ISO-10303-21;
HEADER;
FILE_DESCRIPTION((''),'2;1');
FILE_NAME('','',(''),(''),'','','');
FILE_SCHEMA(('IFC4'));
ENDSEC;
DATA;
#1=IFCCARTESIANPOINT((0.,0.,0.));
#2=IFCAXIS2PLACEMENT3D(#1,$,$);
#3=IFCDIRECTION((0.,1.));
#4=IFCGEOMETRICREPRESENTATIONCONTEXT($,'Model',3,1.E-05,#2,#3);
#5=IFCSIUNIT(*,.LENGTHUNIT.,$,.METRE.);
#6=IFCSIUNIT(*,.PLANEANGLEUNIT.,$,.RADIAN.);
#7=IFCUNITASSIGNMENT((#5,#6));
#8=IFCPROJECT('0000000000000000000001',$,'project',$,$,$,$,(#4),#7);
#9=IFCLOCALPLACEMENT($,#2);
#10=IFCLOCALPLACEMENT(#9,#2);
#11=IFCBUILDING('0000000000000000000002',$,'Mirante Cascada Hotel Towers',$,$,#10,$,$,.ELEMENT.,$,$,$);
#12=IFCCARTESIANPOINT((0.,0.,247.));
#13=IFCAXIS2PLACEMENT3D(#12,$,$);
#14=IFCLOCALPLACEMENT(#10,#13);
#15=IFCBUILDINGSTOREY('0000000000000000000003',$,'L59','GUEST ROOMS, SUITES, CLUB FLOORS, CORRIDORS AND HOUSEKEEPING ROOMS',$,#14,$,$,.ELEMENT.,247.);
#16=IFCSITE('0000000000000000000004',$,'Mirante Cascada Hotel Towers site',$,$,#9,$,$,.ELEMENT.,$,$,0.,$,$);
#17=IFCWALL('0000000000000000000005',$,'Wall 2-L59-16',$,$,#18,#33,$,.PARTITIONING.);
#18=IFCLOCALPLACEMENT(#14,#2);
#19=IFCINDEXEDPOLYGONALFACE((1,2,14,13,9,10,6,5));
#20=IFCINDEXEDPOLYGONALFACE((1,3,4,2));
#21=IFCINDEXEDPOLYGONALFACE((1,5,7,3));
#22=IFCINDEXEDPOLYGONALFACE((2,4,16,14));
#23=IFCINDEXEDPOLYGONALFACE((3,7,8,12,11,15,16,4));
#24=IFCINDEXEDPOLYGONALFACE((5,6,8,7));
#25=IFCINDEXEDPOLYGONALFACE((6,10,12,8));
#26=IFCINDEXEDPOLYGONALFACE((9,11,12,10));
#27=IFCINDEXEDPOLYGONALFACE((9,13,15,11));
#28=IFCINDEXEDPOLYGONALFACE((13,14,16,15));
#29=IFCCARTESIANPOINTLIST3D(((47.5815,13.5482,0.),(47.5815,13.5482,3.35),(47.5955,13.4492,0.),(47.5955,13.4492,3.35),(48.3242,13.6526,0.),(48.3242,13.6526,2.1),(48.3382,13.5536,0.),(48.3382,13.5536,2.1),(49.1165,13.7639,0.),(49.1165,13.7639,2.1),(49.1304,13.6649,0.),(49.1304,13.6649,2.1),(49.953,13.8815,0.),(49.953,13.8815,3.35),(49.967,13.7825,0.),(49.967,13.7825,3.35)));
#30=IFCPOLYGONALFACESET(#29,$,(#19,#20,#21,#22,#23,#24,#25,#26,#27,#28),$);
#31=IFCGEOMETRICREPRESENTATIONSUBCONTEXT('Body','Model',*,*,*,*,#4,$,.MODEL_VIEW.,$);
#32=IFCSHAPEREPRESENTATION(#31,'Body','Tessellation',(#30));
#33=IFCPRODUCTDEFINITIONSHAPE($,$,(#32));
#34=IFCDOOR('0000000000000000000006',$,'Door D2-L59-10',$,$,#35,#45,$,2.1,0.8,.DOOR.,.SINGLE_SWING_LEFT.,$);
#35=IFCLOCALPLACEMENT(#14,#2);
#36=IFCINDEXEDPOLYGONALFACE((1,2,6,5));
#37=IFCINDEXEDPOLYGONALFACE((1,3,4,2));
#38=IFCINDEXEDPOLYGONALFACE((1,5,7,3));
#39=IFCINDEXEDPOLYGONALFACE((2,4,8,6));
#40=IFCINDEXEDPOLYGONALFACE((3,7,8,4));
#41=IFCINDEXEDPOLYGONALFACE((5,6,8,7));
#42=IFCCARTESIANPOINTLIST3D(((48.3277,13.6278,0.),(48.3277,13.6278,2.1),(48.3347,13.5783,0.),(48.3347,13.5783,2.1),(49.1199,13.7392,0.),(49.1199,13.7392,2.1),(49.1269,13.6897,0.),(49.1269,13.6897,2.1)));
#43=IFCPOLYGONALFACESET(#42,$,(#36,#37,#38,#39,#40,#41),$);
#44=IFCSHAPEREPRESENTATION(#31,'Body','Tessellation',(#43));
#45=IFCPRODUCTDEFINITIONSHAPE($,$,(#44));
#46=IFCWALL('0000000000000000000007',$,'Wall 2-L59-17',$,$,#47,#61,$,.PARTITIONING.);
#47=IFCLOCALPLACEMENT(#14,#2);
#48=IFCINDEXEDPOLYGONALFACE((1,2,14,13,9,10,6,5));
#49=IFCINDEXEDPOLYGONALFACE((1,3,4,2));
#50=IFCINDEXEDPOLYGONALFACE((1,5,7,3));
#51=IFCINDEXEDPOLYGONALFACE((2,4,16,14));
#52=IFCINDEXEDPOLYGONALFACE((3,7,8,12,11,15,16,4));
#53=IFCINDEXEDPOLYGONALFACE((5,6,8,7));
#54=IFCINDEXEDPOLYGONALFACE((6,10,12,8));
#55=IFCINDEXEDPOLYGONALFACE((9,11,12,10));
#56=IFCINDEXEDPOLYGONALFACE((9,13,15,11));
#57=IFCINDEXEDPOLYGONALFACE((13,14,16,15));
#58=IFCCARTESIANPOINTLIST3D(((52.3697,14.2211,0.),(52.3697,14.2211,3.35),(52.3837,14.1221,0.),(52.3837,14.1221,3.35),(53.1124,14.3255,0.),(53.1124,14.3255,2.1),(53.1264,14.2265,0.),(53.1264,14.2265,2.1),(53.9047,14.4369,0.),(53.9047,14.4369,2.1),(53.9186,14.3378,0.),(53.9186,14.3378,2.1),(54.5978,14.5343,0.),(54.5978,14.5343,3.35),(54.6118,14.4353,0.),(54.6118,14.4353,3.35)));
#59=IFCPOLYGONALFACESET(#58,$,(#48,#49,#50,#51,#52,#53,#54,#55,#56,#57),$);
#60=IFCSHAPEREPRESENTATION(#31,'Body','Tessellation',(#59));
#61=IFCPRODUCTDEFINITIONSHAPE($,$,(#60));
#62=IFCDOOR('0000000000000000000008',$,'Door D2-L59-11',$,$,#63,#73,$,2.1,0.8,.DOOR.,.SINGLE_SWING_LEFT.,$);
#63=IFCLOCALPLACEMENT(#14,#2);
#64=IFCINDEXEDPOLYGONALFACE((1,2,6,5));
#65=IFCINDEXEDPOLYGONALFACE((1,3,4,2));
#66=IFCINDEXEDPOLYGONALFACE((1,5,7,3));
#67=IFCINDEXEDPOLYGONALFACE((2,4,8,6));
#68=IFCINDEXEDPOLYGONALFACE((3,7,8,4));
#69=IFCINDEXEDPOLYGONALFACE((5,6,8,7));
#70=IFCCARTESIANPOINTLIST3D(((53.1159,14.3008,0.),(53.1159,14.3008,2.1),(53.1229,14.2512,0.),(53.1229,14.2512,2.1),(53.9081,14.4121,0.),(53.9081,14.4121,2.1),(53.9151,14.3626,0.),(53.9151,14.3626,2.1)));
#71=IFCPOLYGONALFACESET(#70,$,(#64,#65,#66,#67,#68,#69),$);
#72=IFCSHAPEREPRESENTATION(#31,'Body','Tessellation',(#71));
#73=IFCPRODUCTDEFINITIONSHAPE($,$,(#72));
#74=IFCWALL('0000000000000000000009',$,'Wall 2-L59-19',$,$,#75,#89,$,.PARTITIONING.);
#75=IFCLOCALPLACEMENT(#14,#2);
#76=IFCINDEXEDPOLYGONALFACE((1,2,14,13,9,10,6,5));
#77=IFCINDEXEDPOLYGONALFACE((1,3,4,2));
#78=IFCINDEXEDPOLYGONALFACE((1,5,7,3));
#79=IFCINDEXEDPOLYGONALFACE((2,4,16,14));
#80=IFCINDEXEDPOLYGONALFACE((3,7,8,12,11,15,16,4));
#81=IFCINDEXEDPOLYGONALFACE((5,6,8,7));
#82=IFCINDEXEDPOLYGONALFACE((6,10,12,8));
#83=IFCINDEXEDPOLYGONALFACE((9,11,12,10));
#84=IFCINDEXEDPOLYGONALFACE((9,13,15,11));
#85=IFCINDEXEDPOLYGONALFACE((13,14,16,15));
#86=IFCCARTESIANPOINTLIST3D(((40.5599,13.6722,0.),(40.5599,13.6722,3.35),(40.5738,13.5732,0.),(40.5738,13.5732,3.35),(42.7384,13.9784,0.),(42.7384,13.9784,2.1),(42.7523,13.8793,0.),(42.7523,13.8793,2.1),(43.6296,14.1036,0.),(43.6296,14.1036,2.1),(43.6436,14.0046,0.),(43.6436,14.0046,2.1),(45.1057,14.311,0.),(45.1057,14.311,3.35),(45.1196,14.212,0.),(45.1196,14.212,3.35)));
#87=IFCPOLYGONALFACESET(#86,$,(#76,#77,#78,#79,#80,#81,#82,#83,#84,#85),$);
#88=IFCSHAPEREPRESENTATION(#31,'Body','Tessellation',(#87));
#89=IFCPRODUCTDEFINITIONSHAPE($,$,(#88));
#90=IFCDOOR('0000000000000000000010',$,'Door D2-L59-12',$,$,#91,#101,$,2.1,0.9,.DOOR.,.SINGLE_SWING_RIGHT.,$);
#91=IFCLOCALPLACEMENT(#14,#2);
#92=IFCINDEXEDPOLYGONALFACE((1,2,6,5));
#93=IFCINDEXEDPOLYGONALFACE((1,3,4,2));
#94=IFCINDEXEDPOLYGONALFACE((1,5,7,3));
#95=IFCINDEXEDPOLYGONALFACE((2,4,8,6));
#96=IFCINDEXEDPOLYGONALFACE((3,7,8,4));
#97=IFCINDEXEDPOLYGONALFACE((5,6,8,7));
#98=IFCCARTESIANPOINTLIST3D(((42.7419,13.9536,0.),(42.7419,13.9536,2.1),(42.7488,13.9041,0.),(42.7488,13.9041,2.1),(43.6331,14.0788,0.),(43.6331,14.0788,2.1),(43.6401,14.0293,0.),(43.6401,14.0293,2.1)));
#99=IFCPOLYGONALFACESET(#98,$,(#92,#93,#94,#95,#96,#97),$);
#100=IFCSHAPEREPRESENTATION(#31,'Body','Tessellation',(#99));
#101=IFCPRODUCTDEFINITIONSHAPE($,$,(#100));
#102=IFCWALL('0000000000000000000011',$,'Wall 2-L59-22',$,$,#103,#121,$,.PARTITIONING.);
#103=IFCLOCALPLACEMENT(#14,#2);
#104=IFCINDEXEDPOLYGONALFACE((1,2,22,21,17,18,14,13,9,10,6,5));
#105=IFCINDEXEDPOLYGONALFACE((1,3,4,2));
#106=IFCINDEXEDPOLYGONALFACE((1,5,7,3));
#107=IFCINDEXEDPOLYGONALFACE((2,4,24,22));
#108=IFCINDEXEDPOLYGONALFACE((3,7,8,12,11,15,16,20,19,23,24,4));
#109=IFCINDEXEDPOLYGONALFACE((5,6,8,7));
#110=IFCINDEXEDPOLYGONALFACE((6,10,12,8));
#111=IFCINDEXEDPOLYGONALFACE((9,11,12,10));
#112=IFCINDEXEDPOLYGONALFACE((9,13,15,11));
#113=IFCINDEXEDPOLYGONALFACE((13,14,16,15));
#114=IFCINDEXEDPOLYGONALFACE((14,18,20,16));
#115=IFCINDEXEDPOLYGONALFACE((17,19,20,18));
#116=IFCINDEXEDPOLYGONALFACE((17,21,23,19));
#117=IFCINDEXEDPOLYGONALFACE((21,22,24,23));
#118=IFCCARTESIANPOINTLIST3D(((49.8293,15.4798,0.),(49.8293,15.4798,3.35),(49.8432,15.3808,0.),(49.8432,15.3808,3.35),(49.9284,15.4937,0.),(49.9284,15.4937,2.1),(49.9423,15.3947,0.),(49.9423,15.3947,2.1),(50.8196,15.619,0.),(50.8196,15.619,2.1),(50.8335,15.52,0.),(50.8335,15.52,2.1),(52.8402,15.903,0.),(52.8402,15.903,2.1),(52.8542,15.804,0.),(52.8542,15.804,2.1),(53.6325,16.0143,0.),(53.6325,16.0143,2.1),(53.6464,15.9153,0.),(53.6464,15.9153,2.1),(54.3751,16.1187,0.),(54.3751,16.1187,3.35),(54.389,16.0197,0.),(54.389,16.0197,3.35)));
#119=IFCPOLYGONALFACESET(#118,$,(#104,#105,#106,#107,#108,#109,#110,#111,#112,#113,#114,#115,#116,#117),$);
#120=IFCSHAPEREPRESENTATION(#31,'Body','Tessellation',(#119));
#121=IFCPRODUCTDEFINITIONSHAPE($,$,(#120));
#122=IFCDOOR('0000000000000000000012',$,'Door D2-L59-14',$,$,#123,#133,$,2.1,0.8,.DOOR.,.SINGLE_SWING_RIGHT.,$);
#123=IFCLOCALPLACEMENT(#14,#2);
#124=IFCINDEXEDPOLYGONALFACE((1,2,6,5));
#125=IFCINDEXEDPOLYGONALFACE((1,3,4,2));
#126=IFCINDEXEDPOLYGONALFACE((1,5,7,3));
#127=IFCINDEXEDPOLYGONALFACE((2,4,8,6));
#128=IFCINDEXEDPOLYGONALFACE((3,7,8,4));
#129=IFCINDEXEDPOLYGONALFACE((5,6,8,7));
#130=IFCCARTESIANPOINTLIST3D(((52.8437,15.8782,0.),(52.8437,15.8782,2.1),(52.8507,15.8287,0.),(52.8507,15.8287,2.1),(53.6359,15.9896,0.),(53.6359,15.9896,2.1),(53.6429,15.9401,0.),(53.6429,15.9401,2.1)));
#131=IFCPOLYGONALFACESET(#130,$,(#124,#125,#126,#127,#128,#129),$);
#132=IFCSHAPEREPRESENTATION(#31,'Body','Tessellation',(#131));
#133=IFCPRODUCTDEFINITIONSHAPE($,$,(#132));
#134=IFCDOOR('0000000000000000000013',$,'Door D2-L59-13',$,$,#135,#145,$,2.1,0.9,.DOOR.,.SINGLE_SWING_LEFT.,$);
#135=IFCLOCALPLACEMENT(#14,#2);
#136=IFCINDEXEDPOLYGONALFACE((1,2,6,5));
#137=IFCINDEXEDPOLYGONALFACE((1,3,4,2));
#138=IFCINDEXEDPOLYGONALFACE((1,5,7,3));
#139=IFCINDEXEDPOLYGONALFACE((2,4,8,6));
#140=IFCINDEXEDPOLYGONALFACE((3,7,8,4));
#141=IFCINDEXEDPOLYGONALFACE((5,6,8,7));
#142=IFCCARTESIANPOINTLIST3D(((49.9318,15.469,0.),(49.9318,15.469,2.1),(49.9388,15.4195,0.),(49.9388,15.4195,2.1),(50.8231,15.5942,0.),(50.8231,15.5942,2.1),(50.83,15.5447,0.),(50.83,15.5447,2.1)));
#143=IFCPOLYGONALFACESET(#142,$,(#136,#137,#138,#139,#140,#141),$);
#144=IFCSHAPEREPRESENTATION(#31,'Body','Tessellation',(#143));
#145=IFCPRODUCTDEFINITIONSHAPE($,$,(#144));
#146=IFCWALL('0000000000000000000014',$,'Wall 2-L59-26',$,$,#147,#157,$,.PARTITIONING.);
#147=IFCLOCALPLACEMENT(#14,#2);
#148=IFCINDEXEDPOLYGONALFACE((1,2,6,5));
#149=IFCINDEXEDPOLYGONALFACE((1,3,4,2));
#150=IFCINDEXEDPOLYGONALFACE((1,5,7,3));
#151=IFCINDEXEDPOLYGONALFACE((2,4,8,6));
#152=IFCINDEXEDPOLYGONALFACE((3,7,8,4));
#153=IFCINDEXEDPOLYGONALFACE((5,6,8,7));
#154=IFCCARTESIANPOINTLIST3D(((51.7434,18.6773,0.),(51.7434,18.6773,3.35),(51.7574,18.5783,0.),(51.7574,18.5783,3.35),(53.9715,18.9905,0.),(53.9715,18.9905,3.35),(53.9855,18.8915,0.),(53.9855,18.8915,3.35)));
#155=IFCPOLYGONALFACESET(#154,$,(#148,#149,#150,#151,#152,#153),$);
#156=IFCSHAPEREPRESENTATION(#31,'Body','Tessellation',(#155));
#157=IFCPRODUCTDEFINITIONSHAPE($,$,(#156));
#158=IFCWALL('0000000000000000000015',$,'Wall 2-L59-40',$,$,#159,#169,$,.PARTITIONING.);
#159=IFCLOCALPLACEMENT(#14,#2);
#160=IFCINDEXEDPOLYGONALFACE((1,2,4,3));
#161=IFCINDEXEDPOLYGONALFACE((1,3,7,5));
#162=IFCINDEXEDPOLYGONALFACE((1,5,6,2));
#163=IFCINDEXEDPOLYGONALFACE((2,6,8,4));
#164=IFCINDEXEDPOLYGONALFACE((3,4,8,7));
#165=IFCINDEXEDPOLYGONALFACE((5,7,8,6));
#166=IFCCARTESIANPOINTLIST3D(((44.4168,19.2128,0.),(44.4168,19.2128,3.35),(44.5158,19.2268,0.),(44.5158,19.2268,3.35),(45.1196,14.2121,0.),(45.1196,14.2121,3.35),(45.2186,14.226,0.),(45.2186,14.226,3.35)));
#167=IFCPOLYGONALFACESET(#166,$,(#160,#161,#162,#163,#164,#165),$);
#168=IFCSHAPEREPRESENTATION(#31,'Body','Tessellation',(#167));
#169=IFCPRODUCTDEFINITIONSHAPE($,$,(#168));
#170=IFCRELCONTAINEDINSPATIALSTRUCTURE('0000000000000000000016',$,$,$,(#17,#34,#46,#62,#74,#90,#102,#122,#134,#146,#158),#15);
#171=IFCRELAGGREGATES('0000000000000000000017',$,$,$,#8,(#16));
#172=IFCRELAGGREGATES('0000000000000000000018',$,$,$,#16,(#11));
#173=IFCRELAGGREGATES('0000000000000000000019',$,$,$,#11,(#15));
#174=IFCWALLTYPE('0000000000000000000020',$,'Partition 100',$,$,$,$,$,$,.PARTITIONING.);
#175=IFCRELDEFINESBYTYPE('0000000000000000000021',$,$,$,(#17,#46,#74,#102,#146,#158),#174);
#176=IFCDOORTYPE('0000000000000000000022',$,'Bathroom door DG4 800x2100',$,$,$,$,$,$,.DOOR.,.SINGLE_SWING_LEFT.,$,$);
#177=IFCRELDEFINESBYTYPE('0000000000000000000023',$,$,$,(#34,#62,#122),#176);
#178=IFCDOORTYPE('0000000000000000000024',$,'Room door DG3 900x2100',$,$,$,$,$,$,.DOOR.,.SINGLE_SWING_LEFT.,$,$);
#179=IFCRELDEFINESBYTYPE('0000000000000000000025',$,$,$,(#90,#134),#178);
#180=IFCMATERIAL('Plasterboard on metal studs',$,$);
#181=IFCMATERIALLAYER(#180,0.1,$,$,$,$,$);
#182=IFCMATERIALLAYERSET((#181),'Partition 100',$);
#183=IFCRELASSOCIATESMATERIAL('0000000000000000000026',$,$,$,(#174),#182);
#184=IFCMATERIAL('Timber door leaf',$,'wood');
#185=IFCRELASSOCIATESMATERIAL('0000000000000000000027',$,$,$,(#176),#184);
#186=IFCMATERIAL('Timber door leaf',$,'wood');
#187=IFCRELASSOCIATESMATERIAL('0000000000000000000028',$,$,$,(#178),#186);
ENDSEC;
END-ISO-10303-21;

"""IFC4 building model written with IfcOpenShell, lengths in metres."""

from ifc_helpers import new_model, si_unit, direction, frame, frame_2d, origin, place, context, subcontext, project, spatial, rectangle, extrude, material, layer, layer_set, type_object, element, fill, save


model = new_model("IFC4")

# Units and contexts
model_context = context("Model", 3, precision=1e-05, world=origin(), true_north=direction((0.0, 1.0)))
body_context = subcontext(model_context, "Body", "Model", "MODEL_VIEW")
ifc_project = project(units=[si_unit("LENGTHUNIT", "METRE"), si_unit("PLANEANGLEUNIT", "RADIAN")], contexts=[model_context])

# Site, building, storey
site_placement = place(None, origin())
site = spatial("IfcSite", under=ifc_project, at=site_placement, Name="Mirante Cascada Hotel Towers site", CompositionType="ELEMENT", RefElevation=0.0)
building_placement = place(site_placement, origin())
building = spatial("IfcBuilding", under=site, at=building_placement, Name="Mirante Cascada Hotel Towers", CompositionType="ELEMENT")
storey_placement = place(building_placement, frame((0.0, 0.0, 247.0)))
storey = spatial("IfcBuildingStorey", under=building, at=storey_placement, Name="L59", Description="GUEST ROOMS, SUITES, CLUB FLOORS, CORRIDORS AND HOUSEKEEPING ROOMS", CompositionType="ELEMENT", Elevation=247.0)

# Walls, openings, doors
ifc_material_1 = material(Name="Plasterboard on metal studs")
ifc_layer_1 = layer(ifc_material_1, 0.1)
ifc_layer_set_1 = layer_set([ifc_layer_1], Name="Partition 100")
wall_type_1 = type_object("IfcWallType", Name="Partition 100", PredefinedType="PARTITIONING", material=ifc_layer_set_1)
wall_1_placement = place(storey_placement, frame((47.5885, 13.4987, 0.0), z_axis=(0.0, 0.0, 1.0), x_axis=(0.990268, 0.139176, 0.0)))
wall_1 = element("IfcWall", 1, at=wall_1_placement, inside=storey, type_object=wall_type_1, Name="Wall 2-L59-16", PredefinedType="PARTITIONING", context=body_context, shape_type="SweptSolid", body=[
    extrude(rectangle(XDim=2.3948, YDim=0.1, at=frame_2d((1.1974, 0.0))), origin(), (0.0, 0.0, 1.0), 3.35),
])
opening_1_placement = place(wall_1_placement, frame((0.75, 0.0, 0.0)))
opening_1 = element("IfcOpeningElement", 2, at=opening_1_placement, cuts=wall_1, PredefinedType="OPENING", context=body_context, shape_type="SweptSolid", body=[
    extrude(rectangle(XDim=0.8, YDim=2.1, at=frame_2d((0.4, 1.05))), frame((0.0, 0.05, 0.0), z_axis=(0.0, -1.0, 0.0), x_axis=(1.0, 0.0, 0.0)), (0.0, 0.0, 1.0), 0.1),
])
ifc_material_2 = material(Name="Timber door leaf", Category="wood")
door_type_1 = type_object("IfcDoorType", Name="Bathroom door DG4 800x2100", OperationType="SINGLE_SWING_LEFT", PredefinedType="DOOR", material=ifc_material_2)
door_1_placement = place(opening_1_placement, origin())
door_1 = element("IfcDoor", 3, at=door_1_placement, inside=storey, type_object=door_type_1, Name="Door D2-L59-10", OperationType="SINGLE_SWING_LEFT", OverallHeight=2.1, OverallWidth=0.8, PredefinedType="DOOR", context=body_context, shape_type="SweptSolid", body=[
    extrude(rectangle(XDim=0.8, YDim=2.1, at=frame_2d((0.4, 1.05))), frame((0.0, 0.025, 0.0), z_axis=(0.0, -1.0, 0.0), x_axis=(1.0, 0.0, 0.0)), (0.0, 0.0, 1.0), 0.05),
])
fill(opening_1, door_1)
wall_2_placement = place(storey_placement, frame((54.6048, 14.4848, 0.0), z_axis=(0.0, 0.0, 1.0), x_axis=(-0.990264, -0.1392, 0.0)))
wall_2 = element("IfcWall", 4, at=wall_2_placement, inside=storey, type_object=wall_type_1, Name="Wall 2-L59-17", PredefinedType="PARTITIONING", context=body_context, shape_type="SweptSolid", body=[
    extrude(rectangle(XDim=2.25, YDim=0.1, at=frame_2d((1.125, 0.0))), origin(), (0.0, 0.0, 1.0), 3.35),
])
opening_2_placement = place(wall_2_placement, frame((0.7, 0.0, 0.0)))
opening_2 = element("IfcOpeningElement", 5, at=opening_2_placement, cuts=wall_2, PredefinedType="OPENING", context=body_context, shape_type="SweptSolid", body=[
    extrude(rectangle(XDim=0.8, YDim=2.1, at=frame_2d((0.4, 1.05))), frame((0.0, 0.05, 0.0), z_axis=(0.0, -1.0, 0.0), x_axis=(1.0, 0.0, 0.0)), (0.0, 0.0, 1.0), 0.1),
])
door_2_placement = place(opening_2_placement, origin())
door_2 = element("IfcDoor", 6, at=door_2_placement, inside=storey, type_object=door_type_1, Name="Door D2-L59-11", OperationType="SINGLE_SWING_LEFT", OverallHeight=2.1, OverallWidth=0.8, PredefinedType="DOOR", context=body_context, shape_type="SweptSolid", body=[
    extrude(rectangle(XDim=0.8, YDim=2.1, at=frame_2d((0.4, 1.05))), frame((0.0, 0.025, 0.0), z_axis=(0.0, -1.0, 0.0), x_axis=(1.0, 0.0, 0.0)), (0.0, 0.0, 1.0), 0.05),
])
fill(opening_2, door_2)
wall_3_placement = place(storey_placement, frame((45.1126, 14.2615, 0.0), z_axis=(0.0, 0.0, 1.0), x_axis=(-0.99027, -0.139158, 0.0)))
wall_3 = element("IfcWall", 7, at=wall_3_placement, inside=storey, type_object=wall_type_1, Name="Wall 2-L59-19", PredefinedType="PARTITIONING", context=body_context, shape_type="SweptSolid", body=[
    extrude(rectangle(XDim=4.5905, YDim=0.1, at=frame_2d((2.2952, 0.0))), origin(), (0.0, 0.0, 1.0), 3.35),
])
opening_3_placement = place(wall_3_placement, frame((1.4905, 0.0, 0.0)))
opening_3 = element("IfcOpeningElement", 8, at=opening_3_placement, cuts=wall_3, PredefinedType="OPENING", context=body_context, shape_type="SweptSolid", body=[
    extrude(rectangle(XDim=0.9, YDim=2.1, at=frame_2d((0.45, 1.05))), frame((0.0, 0.05, 0.0), z_axis=(0.0, -1.0, 0.0), x_axis=(1.0, 0.0, 0.0)), (0.0, 0.0, 1.0), 0.1),
])
ifc_material_3 = material(Name="Timber door leaf", Category="wood")
door_type_2 = type_object("IfcDoorType", Name="Room door DG3 900x2100", OperationType="SINGLE_SWING_LEFT", PredefinedType="DOOR", material=ifc_material_3)
door_3_placement = place(opening_3_placement, frame((0.9, 0.0, 0.0), z_axis=(0.0, 0.0, 1.0), x_axis=(-1.0, 0.0, 0.0)))
door_3 = element("IfcDoor", 9, at=door_3_placement, inside=storey, type_object=door_type_2, Name="Door D2-L59-12", OperationType="SINGLE_SWING_RIGHT", OverallHeight=2.1, OverallWidth=0.9, PredefinedType="DOOR", context=body_context, shape_type="SweptSolid", body=[
    extrude(rectangle(XDim=0.9, YDim=2.1, at=frame_2d((0.45, 1.05))), frame((0.0, 0.025, 0.0), z_axis=(0.0, -1.0, 0.0), x_axis=(1.0, 0.0, 0.0)), (0.0, 0.0, 1.0), 0.05),
])
fill(opening_3, door_3)

# Wall, openings, doors
wall_4_placement = place(storey_placement, frame((49.8363, 15.4303, 0.0), z_axis=(0.0, 0.0, 1.0), x_axis=(0.990267, 0.139179, 0.0)))
wall_4 = element("IfcWall", 10, at=wall_4_placement, inside=storey, type_object=wall_type_1, Name="Wall 2-L59-22", PredefinedType="PARTITIONING", context=body_context, shape_type="SweptSolid", body=[
    extrude(rectangle(XDim=4.5905, YDim=0.1, at=frame_2d((2.2952, 0.0))), origin(), (0.0, 0.0, 1.0), 3.35),
])
opening_4_placement = place(wall_4_placement, frame((0.1, 0.0, 0.0)))
opening_4 = element("IfcOpeningElement", 11, at=opening_4_placement, cuts=wall_4, PredefinedType="OPENING", context=body_context, shape_type="SweptSolid", body=[
    extrude(rectangle(XDim=0.9, YDim=2.1, at=frame_2d((0.45, 1.05))), frame((0.0, 0.05, 0.0), z_axis=(0.0, -1.0, 0.0), x_axis=(1.0, 0.0, 0.0)), (0.0, 0.0, 1.0), 0.1),
])
opening_5_placement = place(wall_4_placement, frame((3.0405, 0.0, 0.0)))
opening_5 = element("IfcOpeningElement", 12, at=opening_5_placement, cuts=wall_4, PredefinedType="OPENING", context=body_context, shape_type="SweptSolid", body=[
    extrude(rectangle(XDim=0.8, YDim=2.1, at=frame_2d((0.4, 1.05))), frame((0.0, 0.05, 0.0), z_axis=(0.0, -1.0, 0.0), x_axis=(1.0, 0.0, 0.0)), (0.0, 0.0, 1.0), 0.1),
])
door_4_placement = place(opening_5_placement, frame((0.8, 0.0, 0.0), z_axis=(0.0, 0.0, 1.0), x_axis=(-1.0, 0.0, 0.0)))
door_4 = element("IfcDoor", 13, at=door_4_placement, inside=storey, type_object=door_type_1, Name="Door D2-L59-14", OperationType="SINGLE_SWING_RIGHT", OverallHeight=2.1, OverallWidth=0.8, PredefinedType="DOOR", context=body_context, shape_type="SweptSolid", body=[
    extrude(rectangle(XDim=0.8, YDim=2.1, at=frame_2d((0.4, 1.05))), frame((0.0, 0.025, 0.0), z_axis=(0.0, -1.0, 0.0), x_axis=(1.0, 0.0, 0.0)), (0.0, 0.0, 1.0), 0.05),
])
fill(opening_5, door_4)
door_5_placement = place(opening_4_placement, origin())
door_5 = element("IfcDoor", 14, at=door_5_placement, inside=storey, type_object=door_type_2, Name="Door D2-L59-13", OperationType="SINGLE_SWING_LEFT", OverallHeight=2.1, OverallWidth=0.9, PredefinedType="DOOR", context=body_context, shape_type="SweptSolid", body=[
    extrude(rectangle(XDim=0.9, YDim=2.1, at=frame_2d((0.45, 1.05))), frame((0.0, 0.025, 0.0), z_axis=(0.0, -1.0, 0.0), x_axis=(1.0, 0.0, 0.0)), (0.0, 0.0, 1.0), 0.05),
])
fill(opening_4, door_5)

# Walls
wall_5_placement = place(storey_placement, frame((51.7504, 18.6278, 0.0), z_axis=(0.0, 0.0, 1.0), x_axis=(0.990264, 0.1392, 0.0)))
element("IfcWall", 15, at=wall_5_placement, inside=storey, type_object=wall_type_1, Name="Wall 2-L59-26", PredefinedType="PARTITIONING", context=body_context, shape_type="SweptSolid", body=[
    extrude(rectangle(XDim=2.25, YDim=0.1, at=frame_2d((1.125, 0.0))), origin(), (0.0, 0.0, 1.0), 3.35),
])
wall_6_placement = place(storey_placement, frame((45.1691, 14.219, 0.0), z_axis=(0.0, 0.0, 1.0), x_axis=(-0.13917, 0.990268, 0.0)))
element("IfcWall", 16, at=wall_6_placement, inside=storey, type_object=wall_type_1, Name="Wall 2-L59-40", PredefinedType="PARTITIONING", context=body_context, shape_type="SweptSolid", body=[
    extrude(rectangle(XDim=5.0499, YDim=0.1, at=frame_2d((2.525, 0.0))), origin(), (0.0, 0.0, 1.0), 3.35),
])

save(model, "model.ifc")
